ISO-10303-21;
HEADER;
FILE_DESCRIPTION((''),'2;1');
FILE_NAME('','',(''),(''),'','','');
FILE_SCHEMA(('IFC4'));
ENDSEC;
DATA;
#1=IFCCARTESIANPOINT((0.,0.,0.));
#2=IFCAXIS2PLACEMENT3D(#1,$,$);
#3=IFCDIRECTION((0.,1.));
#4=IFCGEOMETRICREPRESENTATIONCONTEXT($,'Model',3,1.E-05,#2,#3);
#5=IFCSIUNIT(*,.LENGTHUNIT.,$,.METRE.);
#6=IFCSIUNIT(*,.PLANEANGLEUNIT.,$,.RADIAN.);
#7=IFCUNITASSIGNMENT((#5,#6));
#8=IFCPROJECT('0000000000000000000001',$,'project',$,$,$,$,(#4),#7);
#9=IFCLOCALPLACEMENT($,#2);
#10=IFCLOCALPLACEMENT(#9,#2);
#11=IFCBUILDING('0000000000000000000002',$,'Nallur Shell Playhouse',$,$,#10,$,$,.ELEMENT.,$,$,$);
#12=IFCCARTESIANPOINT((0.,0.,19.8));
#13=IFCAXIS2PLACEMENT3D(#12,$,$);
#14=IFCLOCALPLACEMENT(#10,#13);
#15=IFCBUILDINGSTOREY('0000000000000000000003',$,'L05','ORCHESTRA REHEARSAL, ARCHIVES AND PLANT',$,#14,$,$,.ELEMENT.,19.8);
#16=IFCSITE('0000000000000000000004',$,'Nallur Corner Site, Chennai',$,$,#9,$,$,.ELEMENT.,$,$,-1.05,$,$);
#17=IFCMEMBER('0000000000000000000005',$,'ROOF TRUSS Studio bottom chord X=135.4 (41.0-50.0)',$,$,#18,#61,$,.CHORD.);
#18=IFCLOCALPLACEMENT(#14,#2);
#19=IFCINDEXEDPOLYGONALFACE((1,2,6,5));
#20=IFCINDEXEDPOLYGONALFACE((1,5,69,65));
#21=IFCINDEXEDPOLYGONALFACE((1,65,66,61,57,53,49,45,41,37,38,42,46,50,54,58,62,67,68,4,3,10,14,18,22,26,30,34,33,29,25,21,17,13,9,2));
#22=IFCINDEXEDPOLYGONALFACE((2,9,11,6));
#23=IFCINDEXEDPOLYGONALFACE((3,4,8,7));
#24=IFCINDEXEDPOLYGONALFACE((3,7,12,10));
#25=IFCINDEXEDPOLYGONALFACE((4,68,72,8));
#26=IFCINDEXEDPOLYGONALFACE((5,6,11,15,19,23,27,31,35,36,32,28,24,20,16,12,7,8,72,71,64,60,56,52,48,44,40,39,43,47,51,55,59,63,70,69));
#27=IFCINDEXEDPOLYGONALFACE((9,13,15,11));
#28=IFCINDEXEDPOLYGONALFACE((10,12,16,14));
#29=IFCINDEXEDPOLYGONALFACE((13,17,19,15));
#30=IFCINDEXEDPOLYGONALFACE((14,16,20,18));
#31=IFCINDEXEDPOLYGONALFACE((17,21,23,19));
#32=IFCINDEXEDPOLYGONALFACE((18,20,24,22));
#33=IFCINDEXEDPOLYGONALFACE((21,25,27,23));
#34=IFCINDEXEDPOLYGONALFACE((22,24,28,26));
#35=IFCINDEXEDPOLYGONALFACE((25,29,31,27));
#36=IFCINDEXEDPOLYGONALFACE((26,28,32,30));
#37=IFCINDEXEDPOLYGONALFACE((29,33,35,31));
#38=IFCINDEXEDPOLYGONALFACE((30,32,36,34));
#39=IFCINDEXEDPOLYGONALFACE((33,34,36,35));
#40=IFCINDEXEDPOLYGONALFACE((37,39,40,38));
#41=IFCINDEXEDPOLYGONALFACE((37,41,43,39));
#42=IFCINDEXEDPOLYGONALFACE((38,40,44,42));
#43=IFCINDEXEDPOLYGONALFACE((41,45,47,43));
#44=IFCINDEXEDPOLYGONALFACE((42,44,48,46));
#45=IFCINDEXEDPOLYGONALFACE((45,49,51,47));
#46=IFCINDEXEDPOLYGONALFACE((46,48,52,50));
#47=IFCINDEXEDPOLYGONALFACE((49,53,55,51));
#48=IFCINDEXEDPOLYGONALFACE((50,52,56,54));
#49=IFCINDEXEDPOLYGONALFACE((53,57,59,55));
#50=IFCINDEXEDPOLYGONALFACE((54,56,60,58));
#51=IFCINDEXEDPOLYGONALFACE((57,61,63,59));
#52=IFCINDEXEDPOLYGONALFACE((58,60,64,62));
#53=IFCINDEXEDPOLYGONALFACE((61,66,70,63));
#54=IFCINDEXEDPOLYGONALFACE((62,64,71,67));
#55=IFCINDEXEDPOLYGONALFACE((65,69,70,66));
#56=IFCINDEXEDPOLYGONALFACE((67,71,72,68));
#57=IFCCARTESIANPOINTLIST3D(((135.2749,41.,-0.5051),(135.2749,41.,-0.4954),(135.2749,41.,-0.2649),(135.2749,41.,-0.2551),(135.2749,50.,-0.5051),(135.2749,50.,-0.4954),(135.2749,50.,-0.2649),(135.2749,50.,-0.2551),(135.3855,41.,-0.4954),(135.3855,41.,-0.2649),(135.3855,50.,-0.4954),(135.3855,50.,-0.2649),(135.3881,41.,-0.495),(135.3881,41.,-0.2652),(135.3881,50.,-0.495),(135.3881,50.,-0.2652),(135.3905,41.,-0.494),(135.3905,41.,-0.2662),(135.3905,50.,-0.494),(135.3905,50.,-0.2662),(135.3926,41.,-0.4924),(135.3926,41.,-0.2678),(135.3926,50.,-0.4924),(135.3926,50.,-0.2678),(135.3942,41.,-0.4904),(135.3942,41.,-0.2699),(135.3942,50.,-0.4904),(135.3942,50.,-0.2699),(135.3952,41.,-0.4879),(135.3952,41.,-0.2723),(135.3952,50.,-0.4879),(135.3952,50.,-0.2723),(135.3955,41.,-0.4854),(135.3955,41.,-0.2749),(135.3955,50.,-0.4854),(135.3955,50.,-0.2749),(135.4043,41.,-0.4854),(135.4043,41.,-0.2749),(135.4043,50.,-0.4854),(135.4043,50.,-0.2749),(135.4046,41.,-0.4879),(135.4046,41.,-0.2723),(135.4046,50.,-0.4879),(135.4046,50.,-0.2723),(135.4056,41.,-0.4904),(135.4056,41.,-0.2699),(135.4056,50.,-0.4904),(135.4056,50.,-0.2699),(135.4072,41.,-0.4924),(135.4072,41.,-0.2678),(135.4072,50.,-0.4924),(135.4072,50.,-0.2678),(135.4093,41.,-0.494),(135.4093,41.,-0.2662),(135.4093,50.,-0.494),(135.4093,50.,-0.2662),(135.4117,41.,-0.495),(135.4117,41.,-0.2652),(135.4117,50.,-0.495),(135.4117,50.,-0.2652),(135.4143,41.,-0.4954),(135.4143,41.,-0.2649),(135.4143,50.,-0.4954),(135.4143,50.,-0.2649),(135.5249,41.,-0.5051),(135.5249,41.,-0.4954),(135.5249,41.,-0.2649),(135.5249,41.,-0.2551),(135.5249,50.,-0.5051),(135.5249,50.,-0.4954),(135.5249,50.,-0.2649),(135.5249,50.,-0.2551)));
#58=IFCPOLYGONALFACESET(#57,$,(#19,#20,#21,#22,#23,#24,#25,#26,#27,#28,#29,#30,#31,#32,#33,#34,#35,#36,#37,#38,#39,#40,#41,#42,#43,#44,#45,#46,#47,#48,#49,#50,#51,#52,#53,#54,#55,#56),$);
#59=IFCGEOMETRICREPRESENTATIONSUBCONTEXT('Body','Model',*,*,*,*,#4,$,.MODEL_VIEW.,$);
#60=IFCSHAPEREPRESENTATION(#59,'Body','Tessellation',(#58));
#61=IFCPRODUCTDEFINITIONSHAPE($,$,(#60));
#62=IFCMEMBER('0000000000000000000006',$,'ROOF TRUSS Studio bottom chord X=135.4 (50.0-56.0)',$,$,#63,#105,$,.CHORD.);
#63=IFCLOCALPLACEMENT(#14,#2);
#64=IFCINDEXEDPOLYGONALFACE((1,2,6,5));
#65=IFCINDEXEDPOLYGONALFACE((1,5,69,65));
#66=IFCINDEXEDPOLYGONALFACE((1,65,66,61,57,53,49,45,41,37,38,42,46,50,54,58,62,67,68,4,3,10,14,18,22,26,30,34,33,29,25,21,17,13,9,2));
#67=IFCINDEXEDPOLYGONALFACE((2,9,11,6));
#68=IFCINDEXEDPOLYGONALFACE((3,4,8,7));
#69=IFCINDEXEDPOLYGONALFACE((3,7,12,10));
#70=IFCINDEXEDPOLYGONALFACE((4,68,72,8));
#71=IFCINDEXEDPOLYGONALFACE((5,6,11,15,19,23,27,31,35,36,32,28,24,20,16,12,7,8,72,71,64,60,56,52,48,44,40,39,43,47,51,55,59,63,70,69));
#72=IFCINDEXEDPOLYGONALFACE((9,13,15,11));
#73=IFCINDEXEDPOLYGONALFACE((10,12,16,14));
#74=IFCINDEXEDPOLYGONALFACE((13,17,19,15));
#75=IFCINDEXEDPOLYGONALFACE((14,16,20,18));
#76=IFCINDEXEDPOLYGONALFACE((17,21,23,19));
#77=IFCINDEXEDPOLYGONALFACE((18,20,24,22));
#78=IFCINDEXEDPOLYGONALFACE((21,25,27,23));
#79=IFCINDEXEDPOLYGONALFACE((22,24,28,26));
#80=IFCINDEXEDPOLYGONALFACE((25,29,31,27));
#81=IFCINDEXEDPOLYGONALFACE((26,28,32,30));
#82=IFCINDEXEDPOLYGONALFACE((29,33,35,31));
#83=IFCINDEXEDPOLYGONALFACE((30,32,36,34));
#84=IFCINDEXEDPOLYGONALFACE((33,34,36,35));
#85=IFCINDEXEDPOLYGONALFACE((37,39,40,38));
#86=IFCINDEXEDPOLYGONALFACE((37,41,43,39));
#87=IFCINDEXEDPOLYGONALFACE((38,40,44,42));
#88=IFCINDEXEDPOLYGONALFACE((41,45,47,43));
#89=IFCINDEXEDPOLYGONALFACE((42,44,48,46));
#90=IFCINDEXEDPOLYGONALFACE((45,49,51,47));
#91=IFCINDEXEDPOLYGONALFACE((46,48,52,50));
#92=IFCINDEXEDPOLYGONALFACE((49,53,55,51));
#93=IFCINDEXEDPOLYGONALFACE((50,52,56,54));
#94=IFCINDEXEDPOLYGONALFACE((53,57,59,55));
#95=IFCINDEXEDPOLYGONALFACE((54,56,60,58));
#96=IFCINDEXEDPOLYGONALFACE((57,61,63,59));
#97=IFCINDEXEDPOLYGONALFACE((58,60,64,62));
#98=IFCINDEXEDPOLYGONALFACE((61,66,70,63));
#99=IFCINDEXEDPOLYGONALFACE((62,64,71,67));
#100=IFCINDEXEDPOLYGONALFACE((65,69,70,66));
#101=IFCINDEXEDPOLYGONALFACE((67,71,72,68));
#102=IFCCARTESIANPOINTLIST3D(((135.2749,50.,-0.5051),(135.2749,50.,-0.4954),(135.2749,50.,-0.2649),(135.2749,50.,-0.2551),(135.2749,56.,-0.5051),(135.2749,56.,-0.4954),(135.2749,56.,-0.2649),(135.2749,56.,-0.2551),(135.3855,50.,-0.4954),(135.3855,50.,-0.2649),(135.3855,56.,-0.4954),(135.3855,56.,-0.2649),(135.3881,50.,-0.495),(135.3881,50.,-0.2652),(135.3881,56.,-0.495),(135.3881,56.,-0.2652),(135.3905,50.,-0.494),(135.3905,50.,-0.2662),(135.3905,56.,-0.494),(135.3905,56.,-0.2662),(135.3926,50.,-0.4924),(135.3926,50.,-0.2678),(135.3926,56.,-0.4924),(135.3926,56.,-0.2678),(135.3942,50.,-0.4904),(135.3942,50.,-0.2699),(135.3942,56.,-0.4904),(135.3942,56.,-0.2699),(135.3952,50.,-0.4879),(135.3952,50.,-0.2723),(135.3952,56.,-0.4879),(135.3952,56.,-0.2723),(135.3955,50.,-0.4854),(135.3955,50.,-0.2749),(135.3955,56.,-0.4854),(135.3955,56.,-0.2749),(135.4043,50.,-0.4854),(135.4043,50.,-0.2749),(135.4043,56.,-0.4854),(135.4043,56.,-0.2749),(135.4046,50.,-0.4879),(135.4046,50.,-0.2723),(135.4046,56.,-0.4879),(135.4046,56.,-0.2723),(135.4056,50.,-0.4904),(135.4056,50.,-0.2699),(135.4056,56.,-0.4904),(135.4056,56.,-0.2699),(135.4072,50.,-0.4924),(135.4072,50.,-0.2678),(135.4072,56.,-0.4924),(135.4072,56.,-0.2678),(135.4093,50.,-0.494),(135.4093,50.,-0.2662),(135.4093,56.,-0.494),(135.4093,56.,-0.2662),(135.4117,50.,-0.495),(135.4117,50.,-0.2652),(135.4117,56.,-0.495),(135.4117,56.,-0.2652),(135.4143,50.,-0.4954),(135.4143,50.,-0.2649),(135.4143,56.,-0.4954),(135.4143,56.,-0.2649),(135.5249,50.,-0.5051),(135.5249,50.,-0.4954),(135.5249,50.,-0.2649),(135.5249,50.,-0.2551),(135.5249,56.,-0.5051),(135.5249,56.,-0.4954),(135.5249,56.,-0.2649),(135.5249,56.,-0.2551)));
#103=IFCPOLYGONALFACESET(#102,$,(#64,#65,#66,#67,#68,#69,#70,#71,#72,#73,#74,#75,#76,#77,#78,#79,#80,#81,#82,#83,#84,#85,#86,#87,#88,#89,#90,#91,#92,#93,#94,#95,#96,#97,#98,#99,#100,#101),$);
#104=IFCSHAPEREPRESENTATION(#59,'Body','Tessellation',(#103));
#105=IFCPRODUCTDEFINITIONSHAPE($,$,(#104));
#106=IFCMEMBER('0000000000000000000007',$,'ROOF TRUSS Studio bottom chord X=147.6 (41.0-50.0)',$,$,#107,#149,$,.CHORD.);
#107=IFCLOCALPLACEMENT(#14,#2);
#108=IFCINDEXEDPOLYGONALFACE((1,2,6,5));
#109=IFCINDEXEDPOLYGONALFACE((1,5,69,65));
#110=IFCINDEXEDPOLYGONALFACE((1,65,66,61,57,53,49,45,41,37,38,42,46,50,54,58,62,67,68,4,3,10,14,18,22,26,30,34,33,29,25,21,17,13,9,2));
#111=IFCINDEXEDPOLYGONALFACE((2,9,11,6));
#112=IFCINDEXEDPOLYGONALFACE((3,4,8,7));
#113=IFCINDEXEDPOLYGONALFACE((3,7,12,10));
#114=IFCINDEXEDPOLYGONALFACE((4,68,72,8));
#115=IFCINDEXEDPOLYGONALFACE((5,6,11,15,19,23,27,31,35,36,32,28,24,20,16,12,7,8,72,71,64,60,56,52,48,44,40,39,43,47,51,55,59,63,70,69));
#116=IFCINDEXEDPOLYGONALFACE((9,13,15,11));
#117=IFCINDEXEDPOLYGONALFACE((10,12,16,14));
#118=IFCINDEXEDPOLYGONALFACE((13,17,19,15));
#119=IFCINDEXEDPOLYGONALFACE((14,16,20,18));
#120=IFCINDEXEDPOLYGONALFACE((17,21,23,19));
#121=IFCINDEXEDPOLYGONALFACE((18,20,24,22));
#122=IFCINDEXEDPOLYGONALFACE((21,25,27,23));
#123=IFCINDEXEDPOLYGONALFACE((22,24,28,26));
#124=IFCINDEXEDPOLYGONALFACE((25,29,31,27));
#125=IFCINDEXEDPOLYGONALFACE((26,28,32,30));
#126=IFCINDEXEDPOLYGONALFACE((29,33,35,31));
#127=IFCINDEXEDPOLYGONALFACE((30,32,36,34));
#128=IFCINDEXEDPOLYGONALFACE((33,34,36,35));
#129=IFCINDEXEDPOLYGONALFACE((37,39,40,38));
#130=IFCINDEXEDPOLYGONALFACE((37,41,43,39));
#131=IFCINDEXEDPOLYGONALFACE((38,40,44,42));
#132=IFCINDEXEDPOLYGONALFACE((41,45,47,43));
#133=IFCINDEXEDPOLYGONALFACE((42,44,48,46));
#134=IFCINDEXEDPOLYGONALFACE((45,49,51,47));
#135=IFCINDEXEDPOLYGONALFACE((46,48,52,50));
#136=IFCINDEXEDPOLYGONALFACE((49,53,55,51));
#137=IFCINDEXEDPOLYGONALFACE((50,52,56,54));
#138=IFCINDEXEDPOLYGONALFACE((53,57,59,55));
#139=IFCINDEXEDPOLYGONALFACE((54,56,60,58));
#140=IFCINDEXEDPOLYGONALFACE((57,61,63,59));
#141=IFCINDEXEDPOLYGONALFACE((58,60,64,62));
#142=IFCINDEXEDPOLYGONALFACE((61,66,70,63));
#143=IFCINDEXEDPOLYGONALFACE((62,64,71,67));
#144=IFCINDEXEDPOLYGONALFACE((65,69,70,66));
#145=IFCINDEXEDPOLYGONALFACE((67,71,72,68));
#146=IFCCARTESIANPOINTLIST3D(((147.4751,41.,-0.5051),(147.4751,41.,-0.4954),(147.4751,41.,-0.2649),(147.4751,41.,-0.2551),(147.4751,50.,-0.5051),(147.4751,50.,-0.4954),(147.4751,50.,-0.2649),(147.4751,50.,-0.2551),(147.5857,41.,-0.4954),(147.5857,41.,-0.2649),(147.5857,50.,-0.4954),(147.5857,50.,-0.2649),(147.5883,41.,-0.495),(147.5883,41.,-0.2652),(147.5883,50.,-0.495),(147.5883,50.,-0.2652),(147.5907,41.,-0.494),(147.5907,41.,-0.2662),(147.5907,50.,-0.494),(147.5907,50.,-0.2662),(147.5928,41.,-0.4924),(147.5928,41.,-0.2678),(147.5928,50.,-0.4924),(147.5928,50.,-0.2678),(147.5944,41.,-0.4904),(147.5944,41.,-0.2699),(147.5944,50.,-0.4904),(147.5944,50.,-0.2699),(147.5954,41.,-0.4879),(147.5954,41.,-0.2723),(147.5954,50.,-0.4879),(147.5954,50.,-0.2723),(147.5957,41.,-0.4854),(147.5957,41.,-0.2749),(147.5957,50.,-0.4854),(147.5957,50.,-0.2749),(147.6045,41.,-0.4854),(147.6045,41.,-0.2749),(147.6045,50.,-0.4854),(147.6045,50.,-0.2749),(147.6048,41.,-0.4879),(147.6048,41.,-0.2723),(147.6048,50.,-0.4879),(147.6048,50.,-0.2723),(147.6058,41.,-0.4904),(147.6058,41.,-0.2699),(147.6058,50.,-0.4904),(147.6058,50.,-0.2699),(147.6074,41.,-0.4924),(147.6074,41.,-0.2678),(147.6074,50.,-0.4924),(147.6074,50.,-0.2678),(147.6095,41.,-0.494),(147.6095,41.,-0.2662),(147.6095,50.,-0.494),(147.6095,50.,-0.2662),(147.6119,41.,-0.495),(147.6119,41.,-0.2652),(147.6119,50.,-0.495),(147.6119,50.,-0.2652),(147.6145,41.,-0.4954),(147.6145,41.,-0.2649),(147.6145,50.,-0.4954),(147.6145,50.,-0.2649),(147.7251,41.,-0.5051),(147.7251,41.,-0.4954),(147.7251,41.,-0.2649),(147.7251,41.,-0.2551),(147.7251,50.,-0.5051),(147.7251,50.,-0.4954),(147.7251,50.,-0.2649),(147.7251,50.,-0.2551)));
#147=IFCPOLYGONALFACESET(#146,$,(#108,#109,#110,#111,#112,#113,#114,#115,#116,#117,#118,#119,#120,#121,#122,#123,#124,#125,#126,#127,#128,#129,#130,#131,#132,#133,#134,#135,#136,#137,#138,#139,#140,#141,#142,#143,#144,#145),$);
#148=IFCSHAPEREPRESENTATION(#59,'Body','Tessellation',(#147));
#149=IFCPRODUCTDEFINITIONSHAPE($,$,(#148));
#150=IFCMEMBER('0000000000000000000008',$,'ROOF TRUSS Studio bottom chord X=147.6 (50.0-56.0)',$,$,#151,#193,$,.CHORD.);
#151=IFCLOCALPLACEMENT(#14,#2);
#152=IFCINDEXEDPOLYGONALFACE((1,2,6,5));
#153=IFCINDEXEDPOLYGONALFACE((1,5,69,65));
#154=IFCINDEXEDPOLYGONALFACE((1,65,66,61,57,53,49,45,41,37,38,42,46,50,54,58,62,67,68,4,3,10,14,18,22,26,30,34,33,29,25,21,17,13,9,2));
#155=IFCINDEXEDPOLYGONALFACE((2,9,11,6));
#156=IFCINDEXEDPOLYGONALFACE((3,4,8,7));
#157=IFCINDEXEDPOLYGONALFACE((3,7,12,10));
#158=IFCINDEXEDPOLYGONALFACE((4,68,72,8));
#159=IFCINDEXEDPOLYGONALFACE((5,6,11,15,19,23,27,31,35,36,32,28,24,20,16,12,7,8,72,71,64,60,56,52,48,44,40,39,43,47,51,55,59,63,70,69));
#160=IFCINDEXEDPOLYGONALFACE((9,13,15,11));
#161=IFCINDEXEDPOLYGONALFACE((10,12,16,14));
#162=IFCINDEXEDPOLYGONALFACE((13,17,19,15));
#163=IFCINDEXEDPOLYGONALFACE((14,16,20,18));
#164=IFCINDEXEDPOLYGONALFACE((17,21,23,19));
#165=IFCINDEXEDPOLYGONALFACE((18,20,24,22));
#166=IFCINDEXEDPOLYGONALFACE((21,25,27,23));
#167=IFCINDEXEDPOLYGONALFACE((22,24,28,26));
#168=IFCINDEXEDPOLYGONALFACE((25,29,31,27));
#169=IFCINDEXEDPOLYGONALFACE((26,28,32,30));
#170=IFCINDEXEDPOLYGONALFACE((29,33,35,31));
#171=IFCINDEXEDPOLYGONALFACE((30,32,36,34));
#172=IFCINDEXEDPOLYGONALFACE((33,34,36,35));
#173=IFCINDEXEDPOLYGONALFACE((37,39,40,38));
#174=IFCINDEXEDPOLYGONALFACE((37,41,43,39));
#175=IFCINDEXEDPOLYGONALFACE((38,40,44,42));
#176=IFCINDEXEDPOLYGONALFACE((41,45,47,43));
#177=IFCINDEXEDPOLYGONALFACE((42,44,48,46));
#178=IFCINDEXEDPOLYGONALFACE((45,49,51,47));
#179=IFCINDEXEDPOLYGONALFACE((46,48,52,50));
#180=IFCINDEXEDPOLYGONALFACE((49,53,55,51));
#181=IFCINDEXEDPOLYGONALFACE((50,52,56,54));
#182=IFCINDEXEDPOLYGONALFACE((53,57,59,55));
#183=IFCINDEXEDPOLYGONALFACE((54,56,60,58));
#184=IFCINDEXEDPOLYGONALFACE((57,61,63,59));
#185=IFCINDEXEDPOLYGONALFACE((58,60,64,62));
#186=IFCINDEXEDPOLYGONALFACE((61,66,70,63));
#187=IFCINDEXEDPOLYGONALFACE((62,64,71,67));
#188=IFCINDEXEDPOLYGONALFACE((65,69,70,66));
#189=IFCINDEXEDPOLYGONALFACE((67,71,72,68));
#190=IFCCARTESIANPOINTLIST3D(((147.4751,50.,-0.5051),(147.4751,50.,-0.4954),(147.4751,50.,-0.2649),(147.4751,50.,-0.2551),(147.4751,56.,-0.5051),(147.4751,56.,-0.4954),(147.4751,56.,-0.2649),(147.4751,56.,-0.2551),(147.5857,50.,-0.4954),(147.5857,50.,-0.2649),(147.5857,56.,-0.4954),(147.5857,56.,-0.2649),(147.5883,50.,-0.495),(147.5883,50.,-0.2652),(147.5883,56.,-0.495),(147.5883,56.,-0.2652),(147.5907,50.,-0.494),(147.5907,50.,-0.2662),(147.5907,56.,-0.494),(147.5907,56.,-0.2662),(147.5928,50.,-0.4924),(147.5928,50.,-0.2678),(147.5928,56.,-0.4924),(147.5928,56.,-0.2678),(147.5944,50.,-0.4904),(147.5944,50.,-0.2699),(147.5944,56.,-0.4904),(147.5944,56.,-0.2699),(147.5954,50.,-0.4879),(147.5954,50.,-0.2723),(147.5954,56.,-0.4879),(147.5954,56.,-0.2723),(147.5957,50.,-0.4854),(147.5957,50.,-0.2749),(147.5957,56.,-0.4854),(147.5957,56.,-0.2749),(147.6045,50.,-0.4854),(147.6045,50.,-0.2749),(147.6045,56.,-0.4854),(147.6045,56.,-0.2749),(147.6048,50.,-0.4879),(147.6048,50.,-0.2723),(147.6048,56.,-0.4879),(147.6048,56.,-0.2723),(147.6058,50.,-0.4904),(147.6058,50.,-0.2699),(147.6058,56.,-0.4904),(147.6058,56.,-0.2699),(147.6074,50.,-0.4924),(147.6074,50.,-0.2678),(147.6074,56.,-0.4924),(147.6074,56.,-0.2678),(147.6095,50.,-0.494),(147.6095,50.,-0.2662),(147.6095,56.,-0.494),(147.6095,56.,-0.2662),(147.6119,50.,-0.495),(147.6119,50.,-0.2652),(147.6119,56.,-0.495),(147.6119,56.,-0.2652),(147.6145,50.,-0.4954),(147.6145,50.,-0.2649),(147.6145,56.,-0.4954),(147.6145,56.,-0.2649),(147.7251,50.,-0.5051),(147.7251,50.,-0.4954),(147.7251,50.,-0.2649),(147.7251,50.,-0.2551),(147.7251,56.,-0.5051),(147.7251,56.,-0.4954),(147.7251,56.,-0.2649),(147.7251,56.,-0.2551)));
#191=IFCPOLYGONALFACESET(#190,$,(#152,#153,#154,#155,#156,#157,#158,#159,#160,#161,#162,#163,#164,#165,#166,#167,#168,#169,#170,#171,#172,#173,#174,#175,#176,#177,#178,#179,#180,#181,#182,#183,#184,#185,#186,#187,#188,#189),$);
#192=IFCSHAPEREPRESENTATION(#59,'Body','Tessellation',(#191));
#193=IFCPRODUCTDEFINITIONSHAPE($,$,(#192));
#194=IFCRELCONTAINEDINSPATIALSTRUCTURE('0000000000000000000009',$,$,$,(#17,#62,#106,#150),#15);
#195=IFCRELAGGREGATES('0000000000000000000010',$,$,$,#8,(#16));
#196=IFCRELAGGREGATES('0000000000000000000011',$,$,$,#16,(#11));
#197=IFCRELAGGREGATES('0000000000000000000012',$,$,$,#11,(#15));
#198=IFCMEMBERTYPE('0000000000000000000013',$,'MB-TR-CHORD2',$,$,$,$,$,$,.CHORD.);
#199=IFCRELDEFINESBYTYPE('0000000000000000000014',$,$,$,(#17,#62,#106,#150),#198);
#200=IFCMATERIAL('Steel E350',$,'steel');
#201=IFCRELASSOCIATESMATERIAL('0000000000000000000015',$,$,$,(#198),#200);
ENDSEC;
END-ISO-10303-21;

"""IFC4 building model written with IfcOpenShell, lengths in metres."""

from ifc_helpers import new_model, si_unit, direction, frame, origin, origin_2d, place, context, subcontext, project, spatial, i_section, extrude, material, material_profile, profile_set, type_object, element, save


model = new_model("IFC4")

# Units and contexts
model_context = context("Model", 3, precision=1e-05, world=origin(), true_north=direction((0.0, 1.0)))
body_context = subcontext(model_context, "Body", "Model", "MODEL_VIEW")
ifc_project = project(units=[si_unit("LENGTHUNIT", "METRE"), si_unit("PLANEANGLEUNIT", "RADIAN")], contexts=[model_context])

# Site, building, storey
site_placement = place(None, origin())
site = spatial("IfcSite", under=ifc_project, at=site_placement, Name="Nallur Corner Site, Chennai", CompositionType="ELEMENT", RefElevation=-1.05)
building_placement = place(site_placement, origin())
building = spatial("IfcBuilding", under=site, at=building_placement, Name="Nallur Shell Playhouse", CompositionType="ELEMENT")
storey_placement = place(building_placement, frame((0.0, 0.0, 19.8)))
storey = spatial("IfcBuildingStorey", under=building, at=storey_placement, Name="L05", Description="ORCHESTRA REHEARSAL, ARCHIVES AND PLANT", CompositionType="ELEMENT", Elevation=19.8)

# Shared definitions
ifc_material_1 = material(Name="Steel E350", Category="steel")

# Members
ifc_material_profile_1 = material_profile(ifc_material_1, i_section(OverallWidth=0.25, OverallDepth=0.25, WebThickness=0.0088, FlangeThickness=0.0098, FilletRadius=0.01, at=origin_2d()), Name="ISHB 250")
ifc_profile_set_1 = profile_set([ifc_material_profile_1], Name="Steel E350")
member_type_1 = type_object("IfcMemberType", Name="MB-TR-CHORD2", PredefinedType="CHORD", material=ifc_profile_set_1)
member_1_placement = place(storey_placement, frame((135.3999, 41.0, -0.3801), z_axis=(0.0, 1.0, 0.0), x_axis=(-1.0, 0.0, 0.0)))
element("IfcMember", 1, at=member_1_placement, inside=storey, type_object=member_type_1, Name="ROOF TRUSS Studio bottom chord X=135.4 (41.0-50.0)", PredefinedType="CHORD", context=body_context, shape_type="SweptSolid", body=[
    extrude(i_section(OverallWidth=0.25, OverallDepth=0.25, WebThickness=0.0088, FlangeThickness=0.0098, FilletRadius=0.01, at=origin_2d()), origin(), (0.0, 0.0, 1.0), 9.0),
])
member_2_placement = place(storey_placement, frame((135.3999, 50.0, -0.3801), z_axis=(0.0, 1.0, 0.0), x_axis=(-1.0, 0.0, 0.0)))
element("IfcMember", 2, at=member_2_placement, inside=storey, type_object=member_type_1, Name="ROOF TRUSS Studio bottom chord X=135.4 (50.0-56.0)", PredefinedType="CHORD", context=body_context, shape_type="SweptSolid", body=[
    extrude(i_section(OverallWidth=0.25, OverallDepth=0.25, WebThickness=0.0088, FlangeThickness=0.0098, FilletRadius=0.01, at=origin_2d()), origin(), (0.0, 0.0, 1.0), 6.0),
])
member_3_placement = place(storey_placement, frame((147.6001, 41.0, -0.3801), z_axis=(0.0, 1.0, 0.0), x_axis=(-1.0, 0.0, 0.0)))
element("IfcMember", 3, at=member_3_placement, inside=storey, type_object=member_type_1, Name="ROOF TRUSS Studio bottom chord X=147.6 (41.0-50.0)", PredefinedType="CHORD", context=body_context, shape_type="SweptSolid", body=[
    extrude(i_section(OverallWidth=0.25, OverallDepth=0.25, WebThickness=0.0088, FlangeThickness=0.0098, FilletRadius=0.01, at=origin_2d()), origin(), (0.0, 0.0, 1.0), 9.0),
])
member_4_placement = place(storey_placement, frame((147.6001, 50.0, -0.3801), z_axis=(0.0, 1.0, 0.0), x_axis=(-1.0, 0.0, 0.0)))
element("IfcMember", 4, at=member_4_placement, inside=storey, type_object=member_type_1, Name="ROOF TRUSS Studio bottom chord X=147.6 (50.0-56.0)", PredefinedType="CHORD", context=body_context, shape_type="SweptSolid", body=[
    extrude(i_section(OverallWidth=0.25, OverallDepth=0.25, WebThickness=0.0088, FlangeThickness=0.0098, FilletRadius=0.01, at=origin_2d()), origin(), (0.0, 0.0, 1.0), 6.0),
])

save(model, "model.ifc")
